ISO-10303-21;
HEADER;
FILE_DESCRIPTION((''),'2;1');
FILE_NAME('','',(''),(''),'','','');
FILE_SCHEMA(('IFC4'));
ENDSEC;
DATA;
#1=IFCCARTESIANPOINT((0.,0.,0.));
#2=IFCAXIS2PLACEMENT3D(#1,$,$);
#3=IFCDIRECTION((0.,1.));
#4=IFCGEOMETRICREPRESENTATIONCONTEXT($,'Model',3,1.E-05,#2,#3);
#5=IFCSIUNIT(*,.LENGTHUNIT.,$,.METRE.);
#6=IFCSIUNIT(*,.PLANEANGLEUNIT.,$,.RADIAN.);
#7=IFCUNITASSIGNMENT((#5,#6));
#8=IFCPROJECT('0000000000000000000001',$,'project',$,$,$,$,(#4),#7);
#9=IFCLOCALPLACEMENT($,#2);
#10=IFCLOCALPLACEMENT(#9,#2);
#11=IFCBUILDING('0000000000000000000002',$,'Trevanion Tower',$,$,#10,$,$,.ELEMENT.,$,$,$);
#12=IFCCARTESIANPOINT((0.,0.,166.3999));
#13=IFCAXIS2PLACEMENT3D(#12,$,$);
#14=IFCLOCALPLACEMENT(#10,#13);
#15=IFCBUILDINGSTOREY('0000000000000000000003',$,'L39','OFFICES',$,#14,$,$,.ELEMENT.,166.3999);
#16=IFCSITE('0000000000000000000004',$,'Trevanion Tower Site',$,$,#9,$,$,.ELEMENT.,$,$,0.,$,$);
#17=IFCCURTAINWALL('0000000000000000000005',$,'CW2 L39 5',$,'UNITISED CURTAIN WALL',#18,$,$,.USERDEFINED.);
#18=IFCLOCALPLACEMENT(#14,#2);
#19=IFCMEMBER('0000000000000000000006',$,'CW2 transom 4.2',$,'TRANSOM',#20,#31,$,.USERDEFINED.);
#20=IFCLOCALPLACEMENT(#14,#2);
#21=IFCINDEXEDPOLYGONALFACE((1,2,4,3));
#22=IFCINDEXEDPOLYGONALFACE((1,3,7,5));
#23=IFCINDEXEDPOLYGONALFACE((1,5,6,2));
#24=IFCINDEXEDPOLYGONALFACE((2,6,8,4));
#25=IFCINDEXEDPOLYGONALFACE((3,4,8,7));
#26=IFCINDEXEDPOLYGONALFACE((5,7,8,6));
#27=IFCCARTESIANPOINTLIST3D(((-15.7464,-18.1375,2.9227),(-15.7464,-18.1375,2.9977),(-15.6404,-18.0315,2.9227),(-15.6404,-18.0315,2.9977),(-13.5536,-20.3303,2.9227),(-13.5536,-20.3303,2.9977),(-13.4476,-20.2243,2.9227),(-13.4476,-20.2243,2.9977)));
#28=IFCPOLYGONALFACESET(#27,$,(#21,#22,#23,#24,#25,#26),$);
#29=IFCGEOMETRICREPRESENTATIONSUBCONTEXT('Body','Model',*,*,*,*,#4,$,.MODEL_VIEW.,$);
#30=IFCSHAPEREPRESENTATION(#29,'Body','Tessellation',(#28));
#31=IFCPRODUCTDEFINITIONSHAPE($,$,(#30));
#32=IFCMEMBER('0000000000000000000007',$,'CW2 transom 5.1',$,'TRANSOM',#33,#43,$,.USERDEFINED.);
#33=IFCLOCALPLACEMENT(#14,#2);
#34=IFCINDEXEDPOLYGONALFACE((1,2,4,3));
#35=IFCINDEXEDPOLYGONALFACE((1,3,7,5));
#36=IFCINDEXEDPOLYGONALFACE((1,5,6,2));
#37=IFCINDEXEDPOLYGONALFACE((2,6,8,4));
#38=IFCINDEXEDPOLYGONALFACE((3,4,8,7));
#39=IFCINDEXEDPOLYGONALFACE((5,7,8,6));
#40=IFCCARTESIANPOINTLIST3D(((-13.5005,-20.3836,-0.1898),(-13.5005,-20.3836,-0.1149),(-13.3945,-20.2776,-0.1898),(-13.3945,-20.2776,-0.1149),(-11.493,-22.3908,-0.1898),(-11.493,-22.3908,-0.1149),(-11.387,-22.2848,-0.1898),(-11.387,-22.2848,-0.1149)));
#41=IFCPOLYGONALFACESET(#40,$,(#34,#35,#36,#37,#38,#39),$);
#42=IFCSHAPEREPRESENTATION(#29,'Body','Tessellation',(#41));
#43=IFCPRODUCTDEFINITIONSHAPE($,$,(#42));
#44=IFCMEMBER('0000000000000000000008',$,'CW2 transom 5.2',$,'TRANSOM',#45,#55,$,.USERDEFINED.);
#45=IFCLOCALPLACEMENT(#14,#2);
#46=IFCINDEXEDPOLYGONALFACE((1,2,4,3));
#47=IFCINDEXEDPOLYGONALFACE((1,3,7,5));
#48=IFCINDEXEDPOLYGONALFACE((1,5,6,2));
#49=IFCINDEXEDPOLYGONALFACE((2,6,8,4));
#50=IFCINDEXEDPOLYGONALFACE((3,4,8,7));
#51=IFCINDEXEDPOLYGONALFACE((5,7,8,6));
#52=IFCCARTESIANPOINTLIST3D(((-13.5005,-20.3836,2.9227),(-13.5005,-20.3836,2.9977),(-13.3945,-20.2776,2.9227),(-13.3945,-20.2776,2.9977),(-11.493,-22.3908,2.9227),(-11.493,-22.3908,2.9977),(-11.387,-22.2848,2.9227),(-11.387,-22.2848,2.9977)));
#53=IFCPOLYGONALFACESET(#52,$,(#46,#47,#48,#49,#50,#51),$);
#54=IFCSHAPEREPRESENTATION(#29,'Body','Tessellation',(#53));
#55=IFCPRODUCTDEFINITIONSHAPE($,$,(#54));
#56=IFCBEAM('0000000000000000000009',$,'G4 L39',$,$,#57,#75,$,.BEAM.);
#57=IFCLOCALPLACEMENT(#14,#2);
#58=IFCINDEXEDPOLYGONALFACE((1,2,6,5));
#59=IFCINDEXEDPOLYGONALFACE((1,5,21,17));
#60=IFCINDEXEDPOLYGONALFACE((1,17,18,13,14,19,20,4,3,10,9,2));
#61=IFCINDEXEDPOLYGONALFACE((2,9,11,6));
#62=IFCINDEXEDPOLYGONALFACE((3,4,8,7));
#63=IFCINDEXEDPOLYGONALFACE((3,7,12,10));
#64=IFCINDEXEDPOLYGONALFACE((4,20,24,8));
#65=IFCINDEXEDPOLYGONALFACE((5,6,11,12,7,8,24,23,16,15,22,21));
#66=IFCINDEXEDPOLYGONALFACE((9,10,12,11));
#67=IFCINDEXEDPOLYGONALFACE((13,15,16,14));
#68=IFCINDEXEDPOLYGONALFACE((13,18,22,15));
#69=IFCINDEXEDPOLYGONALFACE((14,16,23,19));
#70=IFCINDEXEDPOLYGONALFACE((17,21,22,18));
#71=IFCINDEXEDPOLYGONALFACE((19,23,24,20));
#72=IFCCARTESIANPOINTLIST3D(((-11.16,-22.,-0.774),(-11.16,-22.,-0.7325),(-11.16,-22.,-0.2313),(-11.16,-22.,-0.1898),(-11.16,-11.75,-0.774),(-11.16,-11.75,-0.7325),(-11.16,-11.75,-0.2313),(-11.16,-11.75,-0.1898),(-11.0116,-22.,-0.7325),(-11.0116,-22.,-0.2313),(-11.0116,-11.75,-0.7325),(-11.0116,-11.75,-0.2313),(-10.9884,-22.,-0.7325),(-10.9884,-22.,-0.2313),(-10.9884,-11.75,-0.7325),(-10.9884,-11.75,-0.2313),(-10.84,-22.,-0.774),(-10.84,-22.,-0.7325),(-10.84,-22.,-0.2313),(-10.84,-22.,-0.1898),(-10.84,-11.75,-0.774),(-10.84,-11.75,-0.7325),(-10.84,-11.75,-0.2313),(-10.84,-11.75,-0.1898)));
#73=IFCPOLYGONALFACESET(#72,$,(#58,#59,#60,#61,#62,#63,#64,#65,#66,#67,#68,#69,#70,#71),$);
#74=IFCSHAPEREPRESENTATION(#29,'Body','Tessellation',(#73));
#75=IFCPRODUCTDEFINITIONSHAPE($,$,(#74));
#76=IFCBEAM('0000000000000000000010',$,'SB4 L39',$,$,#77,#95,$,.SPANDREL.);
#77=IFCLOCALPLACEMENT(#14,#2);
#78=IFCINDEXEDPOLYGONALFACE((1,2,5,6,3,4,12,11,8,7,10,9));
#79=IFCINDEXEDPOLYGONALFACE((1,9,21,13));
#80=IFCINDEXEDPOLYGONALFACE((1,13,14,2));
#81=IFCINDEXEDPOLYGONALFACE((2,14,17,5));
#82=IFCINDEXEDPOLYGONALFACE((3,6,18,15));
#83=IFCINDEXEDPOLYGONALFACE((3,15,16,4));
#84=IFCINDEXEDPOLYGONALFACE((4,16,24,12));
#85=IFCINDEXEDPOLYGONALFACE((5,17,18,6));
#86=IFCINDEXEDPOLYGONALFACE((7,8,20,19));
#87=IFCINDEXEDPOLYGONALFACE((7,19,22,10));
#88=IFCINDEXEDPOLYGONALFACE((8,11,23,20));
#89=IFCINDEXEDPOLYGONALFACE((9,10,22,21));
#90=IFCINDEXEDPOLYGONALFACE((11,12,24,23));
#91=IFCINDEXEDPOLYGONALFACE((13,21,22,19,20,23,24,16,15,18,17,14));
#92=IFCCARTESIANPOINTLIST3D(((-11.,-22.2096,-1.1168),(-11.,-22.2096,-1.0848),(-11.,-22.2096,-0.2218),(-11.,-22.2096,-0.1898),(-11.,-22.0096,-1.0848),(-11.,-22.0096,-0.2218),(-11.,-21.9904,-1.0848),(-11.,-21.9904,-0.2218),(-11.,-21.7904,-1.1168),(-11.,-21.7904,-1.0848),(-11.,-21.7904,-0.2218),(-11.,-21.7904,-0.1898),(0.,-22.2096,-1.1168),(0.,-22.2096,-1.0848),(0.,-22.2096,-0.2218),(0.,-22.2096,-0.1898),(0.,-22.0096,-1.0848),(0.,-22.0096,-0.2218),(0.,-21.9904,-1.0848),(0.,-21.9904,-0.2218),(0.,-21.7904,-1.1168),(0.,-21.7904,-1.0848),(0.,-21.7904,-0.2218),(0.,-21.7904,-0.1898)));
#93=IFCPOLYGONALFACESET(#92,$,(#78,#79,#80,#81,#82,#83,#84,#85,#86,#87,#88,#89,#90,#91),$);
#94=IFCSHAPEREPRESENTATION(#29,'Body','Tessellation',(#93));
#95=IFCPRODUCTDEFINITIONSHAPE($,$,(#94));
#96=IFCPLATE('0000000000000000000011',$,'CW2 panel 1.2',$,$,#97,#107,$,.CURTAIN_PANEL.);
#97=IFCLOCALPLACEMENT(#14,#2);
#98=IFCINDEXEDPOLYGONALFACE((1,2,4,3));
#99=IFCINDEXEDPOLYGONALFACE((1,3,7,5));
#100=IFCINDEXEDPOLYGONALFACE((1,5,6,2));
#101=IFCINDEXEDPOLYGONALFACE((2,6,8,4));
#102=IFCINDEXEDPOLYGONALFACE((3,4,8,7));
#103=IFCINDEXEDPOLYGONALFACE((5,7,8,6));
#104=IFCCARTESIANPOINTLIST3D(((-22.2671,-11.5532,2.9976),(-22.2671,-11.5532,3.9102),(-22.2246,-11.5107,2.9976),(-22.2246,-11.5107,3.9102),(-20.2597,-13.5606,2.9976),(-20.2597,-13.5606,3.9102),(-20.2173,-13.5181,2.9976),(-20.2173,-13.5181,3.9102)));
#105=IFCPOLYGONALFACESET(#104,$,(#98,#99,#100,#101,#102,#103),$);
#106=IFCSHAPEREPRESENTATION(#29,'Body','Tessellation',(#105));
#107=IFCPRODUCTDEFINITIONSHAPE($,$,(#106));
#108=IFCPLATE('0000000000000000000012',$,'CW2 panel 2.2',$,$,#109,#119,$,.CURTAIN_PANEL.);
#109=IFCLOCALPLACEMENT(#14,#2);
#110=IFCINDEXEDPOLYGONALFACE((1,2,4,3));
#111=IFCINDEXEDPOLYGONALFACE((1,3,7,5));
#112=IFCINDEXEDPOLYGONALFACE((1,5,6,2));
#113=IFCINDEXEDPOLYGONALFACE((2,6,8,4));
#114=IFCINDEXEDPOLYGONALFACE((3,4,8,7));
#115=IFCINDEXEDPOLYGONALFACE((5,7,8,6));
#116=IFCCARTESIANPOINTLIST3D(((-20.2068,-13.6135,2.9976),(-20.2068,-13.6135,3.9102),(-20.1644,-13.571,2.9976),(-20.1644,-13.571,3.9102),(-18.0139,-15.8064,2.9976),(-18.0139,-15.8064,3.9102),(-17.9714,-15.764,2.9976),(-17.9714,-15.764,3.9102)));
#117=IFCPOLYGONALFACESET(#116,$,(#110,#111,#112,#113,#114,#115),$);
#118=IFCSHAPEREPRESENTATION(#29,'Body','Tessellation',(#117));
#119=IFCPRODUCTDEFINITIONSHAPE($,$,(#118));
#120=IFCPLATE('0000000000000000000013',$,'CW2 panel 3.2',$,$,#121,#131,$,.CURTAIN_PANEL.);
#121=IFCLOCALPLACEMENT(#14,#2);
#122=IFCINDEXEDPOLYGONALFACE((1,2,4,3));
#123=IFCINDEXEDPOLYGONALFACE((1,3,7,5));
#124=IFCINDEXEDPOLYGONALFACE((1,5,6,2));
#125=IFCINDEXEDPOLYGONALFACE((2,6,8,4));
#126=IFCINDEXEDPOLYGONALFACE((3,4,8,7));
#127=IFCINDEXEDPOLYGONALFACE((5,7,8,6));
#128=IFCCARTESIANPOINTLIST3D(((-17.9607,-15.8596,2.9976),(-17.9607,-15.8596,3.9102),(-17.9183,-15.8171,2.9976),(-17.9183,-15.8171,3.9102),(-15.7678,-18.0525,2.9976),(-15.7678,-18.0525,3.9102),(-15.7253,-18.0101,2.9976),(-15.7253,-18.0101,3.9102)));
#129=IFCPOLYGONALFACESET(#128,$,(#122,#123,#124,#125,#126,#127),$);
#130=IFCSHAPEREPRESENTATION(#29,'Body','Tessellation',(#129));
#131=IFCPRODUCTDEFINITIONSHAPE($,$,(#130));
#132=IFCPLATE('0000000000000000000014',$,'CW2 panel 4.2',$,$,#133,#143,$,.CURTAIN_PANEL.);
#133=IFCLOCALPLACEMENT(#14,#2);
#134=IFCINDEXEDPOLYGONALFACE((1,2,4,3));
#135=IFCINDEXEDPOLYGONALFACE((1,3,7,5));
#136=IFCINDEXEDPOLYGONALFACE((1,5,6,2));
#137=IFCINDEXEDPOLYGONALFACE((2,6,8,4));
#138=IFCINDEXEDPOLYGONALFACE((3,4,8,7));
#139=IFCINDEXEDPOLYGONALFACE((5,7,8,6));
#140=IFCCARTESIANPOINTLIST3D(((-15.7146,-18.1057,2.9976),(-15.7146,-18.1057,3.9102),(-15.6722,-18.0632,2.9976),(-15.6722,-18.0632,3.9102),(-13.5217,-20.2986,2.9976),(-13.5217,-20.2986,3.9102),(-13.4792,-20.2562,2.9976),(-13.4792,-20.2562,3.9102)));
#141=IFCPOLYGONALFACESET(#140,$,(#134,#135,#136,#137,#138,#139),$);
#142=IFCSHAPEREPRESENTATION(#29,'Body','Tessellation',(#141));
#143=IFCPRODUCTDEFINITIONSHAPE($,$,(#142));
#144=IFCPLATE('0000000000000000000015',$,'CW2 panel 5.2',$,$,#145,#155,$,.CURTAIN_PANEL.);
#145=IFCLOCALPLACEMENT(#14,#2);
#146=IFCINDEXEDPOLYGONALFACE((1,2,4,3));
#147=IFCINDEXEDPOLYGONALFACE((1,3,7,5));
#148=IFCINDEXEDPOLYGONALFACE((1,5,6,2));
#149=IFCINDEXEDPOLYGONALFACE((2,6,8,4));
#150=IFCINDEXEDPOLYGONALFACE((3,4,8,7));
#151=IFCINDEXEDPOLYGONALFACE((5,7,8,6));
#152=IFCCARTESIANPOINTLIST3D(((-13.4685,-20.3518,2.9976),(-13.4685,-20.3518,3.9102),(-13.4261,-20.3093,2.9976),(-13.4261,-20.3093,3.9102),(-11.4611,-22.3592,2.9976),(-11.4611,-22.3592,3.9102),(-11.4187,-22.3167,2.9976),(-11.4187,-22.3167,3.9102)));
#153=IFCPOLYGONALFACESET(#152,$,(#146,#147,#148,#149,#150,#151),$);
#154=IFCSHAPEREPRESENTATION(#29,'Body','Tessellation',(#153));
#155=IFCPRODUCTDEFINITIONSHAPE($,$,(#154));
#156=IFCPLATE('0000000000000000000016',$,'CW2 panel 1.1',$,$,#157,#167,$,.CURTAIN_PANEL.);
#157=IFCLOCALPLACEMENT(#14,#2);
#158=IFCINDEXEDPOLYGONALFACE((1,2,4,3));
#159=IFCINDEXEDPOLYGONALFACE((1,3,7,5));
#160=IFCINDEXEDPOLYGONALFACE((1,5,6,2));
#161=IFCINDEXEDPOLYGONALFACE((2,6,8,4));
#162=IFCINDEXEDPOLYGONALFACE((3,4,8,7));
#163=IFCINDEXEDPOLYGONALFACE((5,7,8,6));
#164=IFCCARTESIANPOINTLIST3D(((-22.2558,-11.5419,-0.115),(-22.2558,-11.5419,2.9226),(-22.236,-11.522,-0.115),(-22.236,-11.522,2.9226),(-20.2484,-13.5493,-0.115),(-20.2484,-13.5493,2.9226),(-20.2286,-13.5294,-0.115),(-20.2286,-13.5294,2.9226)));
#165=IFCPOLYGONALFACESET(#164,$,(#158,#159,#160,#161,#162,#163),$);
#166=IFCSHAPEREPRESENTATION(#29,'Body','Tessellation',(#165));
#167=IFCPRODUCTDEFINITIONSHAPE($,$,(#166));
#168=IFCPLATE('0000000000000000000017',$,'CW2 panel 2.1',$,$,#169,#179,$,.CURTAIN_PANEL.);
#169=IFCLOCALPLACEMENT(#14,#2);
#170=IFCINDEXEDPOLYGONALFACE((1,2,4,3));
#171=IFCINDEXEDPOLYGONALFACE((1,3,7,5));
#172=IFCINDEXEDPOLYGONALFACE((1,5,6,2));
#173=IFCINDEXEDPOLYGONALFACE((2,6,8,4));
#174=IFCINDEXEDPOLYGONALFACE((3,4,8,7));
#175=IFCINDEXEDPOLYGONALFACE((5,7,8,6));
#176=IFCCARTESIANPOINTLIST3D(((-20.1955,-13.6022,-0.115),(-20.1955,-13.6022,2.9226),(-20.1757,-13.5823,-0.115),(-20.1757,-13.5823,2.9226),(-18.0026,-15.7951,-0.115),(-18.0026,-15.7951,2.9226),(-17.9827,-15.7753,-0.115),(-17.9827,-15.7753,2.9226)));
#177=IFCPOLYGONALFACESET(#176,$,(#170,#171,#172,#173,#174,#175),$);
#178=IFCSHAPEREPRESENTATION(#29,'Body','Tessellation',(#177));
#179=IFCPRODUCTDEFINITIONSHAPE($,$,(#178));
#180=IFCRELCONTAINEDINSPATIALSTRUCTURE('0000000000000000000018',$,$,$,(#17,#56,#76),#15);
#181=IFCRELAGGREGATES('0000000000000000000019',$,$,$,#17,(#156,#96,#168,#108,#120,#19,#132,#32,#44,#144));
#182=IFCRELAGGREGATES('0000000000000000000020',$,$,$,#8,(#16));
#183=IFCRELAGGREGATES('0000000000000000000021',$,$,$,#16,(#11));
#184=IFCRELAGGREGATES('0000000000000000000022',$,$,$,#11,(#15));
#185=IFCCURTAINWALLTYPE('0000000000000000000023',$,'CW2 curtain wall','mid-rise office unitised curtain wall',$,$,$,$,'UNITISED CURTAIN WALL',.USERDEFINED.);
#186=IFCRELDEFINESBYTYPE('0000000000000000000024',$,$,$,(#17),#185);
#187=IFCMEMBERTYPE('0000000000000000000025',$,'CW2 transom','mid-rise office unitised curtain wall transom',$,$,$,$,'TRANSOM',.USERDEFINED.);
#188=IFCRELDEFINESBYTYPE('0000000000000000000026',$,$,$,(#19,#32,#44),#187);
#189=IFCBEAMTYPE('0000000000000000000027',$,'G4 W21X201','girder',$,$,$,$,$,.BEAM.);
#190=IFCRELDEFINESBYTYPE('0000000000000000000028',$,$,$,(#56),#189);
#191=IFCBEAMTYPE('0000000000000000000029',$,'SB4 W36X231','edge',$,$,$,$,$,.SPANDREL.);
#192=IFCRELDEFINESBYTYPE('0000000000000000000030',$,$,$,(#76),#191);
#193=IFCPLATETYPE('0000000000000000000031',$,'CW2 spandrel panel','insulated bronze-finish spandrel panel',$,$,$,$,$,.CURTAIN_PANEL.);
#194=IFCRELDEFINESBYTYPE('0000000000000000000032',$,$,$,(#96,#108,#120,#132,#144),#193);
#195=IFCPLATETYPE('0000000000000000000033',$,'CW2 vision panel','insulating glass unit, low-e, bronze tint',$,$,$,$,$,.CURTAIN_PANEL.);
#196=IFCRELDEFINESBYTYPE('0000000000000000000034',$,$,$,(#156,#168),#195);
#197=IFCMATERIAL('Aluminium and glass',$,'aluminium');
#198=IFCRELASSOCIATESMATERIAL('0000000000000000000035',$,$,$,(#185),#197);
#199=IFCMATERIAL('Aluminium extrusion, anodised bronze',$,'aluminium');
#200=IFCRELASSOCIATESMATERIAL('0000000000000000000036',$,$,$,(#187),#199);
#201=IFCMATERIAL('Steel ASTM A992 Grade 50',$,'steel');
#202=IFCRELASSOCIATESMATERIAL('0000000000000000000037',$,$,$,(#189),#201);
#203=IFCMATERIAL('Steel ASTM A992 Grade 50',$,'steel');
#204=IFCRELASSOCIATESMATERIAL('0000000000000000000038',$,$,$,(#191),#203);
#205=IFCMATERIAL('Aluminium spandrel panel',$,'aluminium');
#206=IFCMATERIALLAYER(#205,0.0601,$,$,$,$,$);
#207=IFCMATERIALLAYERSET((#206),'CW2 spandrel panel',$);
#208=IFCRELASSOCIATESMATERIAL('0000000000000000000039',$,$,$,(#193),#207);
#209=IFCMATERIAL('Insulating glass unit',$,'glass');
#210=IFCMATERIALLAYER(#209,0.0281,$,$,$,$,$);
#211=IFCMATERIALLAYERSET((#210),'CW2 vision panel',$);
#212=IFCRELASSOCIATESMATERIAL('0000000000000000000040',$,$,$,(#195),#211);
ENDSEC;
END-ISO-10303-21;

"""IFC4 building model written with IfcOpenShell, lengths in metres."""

from ifc_helpers import new_model, si_unit, direction, frame, origin, origin_2d, place, context, subcontext, project, spatial, rectangle, i_section, extrude, material, layer, layer_set, material_profile, profile_set, type_object, element, aggregate, save


model = new_model("IFC4")

# Units and contexts
model_context = context("Model", 3, precision=1e-05, world=origin(), true_north=direction((0.0, 1.0)))
body_context = subcontext(model_context, "Body", "Model", "MODEL_VIEW")
ifc_project = project(units=[si_unit("LENGTHUNIT", "METRE"), si_unit("PLANEANGLEUNIT", "RADIAN")], contexts=[model_context])

# Site, building, storey
site_placement = place(None, origin())
site = spatial("IfcSite", under=ifc_project, at=site_placement, Name="Trevanion Tower Site", CompositionType="ELEMENT", RefElevation=0.0)
building_placement = place(site_placement, origin())
building = spatial("IfcBuilding", under=site, at=building_placement, Name="Trevanion Tower", CompositionType="ELEMENT")
storey_placement = place(building_placement, frame((0.0, 0.0, 166.3999)))
storey = spatial("IfcBuildingStorey", under=building, at=storey_placement, Name="L39", Description="OFFICES", CompositionType="ELEMENT", Elevation=166.3999)

# Curtain wall, members
ifc_material_1 = material(Name="Aluminium and glass", Category="aluminium")
curtain_wall_type = type_object("IfcCurtainWallType", Name="CW2 curtain wall", Description="mid-rise office unitised curtain wall", ElementType="UNITISED CURTAIN WALL", PredefinedType="USERDEFINED", material=ifc_material_1)
curtain_wall_placement = place(storey_placement, origin())
curtain_wall = element("IfcCurtainWall", 1, at=curtain_wall_placement, inside=storey, type_object=curtain_wall_type, Name="CW2 L39 5", ObjectType="UNITISED CURTAIN WALL", PredefinedType="USERDEFINED")
ifc_material_2 = material(Name="Aluminium extrusion, anodised bronze", Category="aluminium")
ifc_material_profile_1 = material_profile(ifc_material_2, rectangle(XDim=0.1499, YDim=0.075, at=origin_2d()), Name="CW2 transom")
ifc_profile_set_1 = profile_set([ifc_material_profile_1], Name="Aluminium extrusion, anodised bronze")
member_type_1 = type_object("IfcMemberType", Name="CW2 transom", Description="mid-rise office unitised curtain wall transom", ElementType="TRANSOM", PredefinedType="USERDEFINED", material=ifc_profile_set_1)
member_1_placement = place(storey_placement, frame((-15.6934, -18.0845, 2.9602), z_axis=(0.707107, -0.707107, 0.0), x_axis=(0.707107, 0.707107, 0.0)))
member_1 = element("IfcMember", 2, at=member_1_placement, type_object=member_type_1, Name="CW2 transom 4.2", ObjectType="TRANSOM", PredefinedType="USERDEFINED", context=body_context, shape_type="SweptSolid", body=[
    extrude(rectangle(XDim=0.1499, YDim=0.075, at=origin_2d()), origin(), (0.0, 0.0, 1.0), 3.1011),
])
member_2_placement = place(storey_placement, frame((-13.4475, -20.3306, -0.1523), z_axis=(0.70715, -0.707064, 0.0), x_axis=(0.707064, 0.70715, 0.0)))
member_2 = element("IfcMember", 3, at=member_2_placement, type_object=member_type_1, Name="CW2 transom 5.1", ObjectType="TRANSOM", PredefinedType="USERDEFINED", context=body_context, shape_type="SweptSolid", body=[
    extrude(rectangle(XDim=0.1499, YDim=0.075, at=origin_2d()), origin(), (0.0, 0.0, 1.0), 2.8389),
])
member_3_placement = place(storey_placement, frame((-13.4475, -20.3306, 2.9602), z_axis=(0.70715, -0.707064, 0.0), x_axis=(0.707064, 0.70715, 0.0)))
member_3 = element("IfcMember", 4, at=member_3_placement, type_object=member_type_1, Name="CW2 transom 5.2", ObjectType="TRANSOM", PredefinedType="USERDEFINED", context=body_context, shape_type="SweptSolid", body=[
    extrude(rectangle(XDim=0.1499, YDim=0.075, at=origin_2d()), origin(), (0.0, 0.0, 1.0), 2.8389),
])

# Beams
ifc_material_3 = material(Name="Steel ASTM A992 Grade 50", Category="steel")
ifc_material_profile_2 = material_profile(ifc_material_3, i_section(OverallWidth=0.3201, OverallDepth=0.5842, WebThickness=0.0232, FlangeThickness=0.0415, at=origin_2d()), Name="W21X201")
ifc_profile_set_2 = profile_set([ifc_material_profile_2], Name="Steel ASTM A992 Grade 50")
beam_type_1 = type_object("IfcBeamType", Name="G4 W21X201", Description="girder", PredefinedType="BEAM", material=ifc_profile_set_2)
beam_1_placement = place(storey_placement, frame((-11.0, -11.75, -0.4819), z_axis=(0.0, -1.0, 0.0), x_axis=(1.0, 0.0, 0.0)))
element("IfcBeam", 5, at=beam_1_placement, inside=storey, type_object=beam_type_1, Name="G4 L39", PredefinedType="BEAM", context=body_context, shape_type="SweptSolid", body=[
    extrude(i_section(OverallWidth=0.3201, OverallDepth=0.5842, WebThickness=0.0232, FlangeThickness=0.0415, at=origin_2d()), origin(), (0.0, 0.0, 1.0), 10.25),
])
ifc_material_4 = material(Name="Steel ASTM A992 Grade 50", Category="steel")
ifc_material_profile_3 = material_profile(ifc_material_4, i_section(OverallWidth=0.4192, OverallDepth=0.927, WebThickness=0.0193, FlangeThickness=0.032, at=origin_2d()), Name="W36X231")
ifc_profile_set_3 = profile_set([ifc_material_profile_3], Name="Steel ASTM A992 Grade 50")
beam_type_2 = type_object("IfcBeamType", Name="SB4 W36X231", Description="edge", PredefinedType="SPANDREL", material=ifc_profile_set_3)
beam_2_placement = place(storey_placement, frame((-11.0, -22.0, -0.6533), z_axis=(1.0, 0.0, 0.0), x_axis=(0.0, 1.0, 0.0)))
element("IfcBeam", 6, at=beam_2_placement, inside=storey, type_object=beam_type_2, Name="SB4 L39", PredefinedType="SPANDREL", context=body_context, shape_type="SweptSolid", body=[
    extrude(i_section(OverallWidth=0.4192, OverallDepth=0.927, WebThickness=0.0193, FlangeThickness=0.032, at=origin_2d()), origin(), (0.0, 0.0, 1.0), 11.0),
])

# Plates
ifc_material_5 = material(Name="Aluminium spandrel panel", Category="aluminium")
ifc_layer_1 = layer(ifc_material_5, 0.0601)
ifc_layer_set_1 = layer_set([ifc_layer_1], Name="CW2 spandrel panel")
plate_type_1 = type_object("IfcPlateType", Name="CW2 spandrel panel", Description="insulated bronze-finish spandrel panel", PredefinedType="CURTAIN_PANEL", material=ifc_layer_set_1)
plate_1_placement = place(storey_placement, frame((-21.2422, -12.5356, 2.9976), z_axis=(0.0, 0.0, 1.0), x_axis=(0.707107, -0.707107, 0.0)))
plate_1 = element("IfcPlate", 7, at=plate_1_placement, type_object=plate_type_1, Name="CW2 panel 1.2", PredefinedType="CURTAIN_PANEL", context=body_context, shape_type="SweptSolid", body=[
    extrude(rectangle(XDim=2.8389, YDim=0.0601, at=origin_2d()), origin(), (0.0, 0.0, 1.0), 0.9126),
])
plate_2_placement = place(storey_placement, frame((-19.0891, -14.6887, 2.9976), z_axis=(0.0, 0.0, 1.0), x_axis=(0.707107, -0.707107, 0.0)))
plate_2 = element("IfcPlate", 8, at=plate_2_placement, type_object=plate_type_1, Name="CW2 panel 2.2", PredefinedType="CURTAIN_PANEL", context=body_context, shape_type="SweptSolid", body=[
    extrude(rectangle(XDim=3.1013, YDim=0.0601, at=origin_2d()), origin(), (0.0, 0.0, 1.0), 0.9126),
])
plate_3_placement = place(storey_placement, frame((-16.843, -16.9348, 2.9976), z_axis=(0.0, 0.0, 1.0), x_axis=(0.707107, -0.707107, 0.0)))
plate_3 = element("IfcPlate", 9, at=plate_3_placement, type_object=plate_type_1, Name="CW2 panel 3.2", PredefinedType="CURTAIN_PANEL", context=body_context, shape_type="SweptSolid", body=[
    extrude(rectangle(XDim=3.1013, YDim=0.0601, at=origin_2d()), origin(), (0.0, 0.0, 1.0), 0.9126),
])
plate_4_placement = place(storey_placement, frame((-14.5969, -19.1809, 2.9976), z_axis=(0.0, 0.0, 1.0), x_axis=(0.707107, -0.707107, 0.0)))
plate_4 = element("IfcPlate", 10, at=plate_4_placement, type_object=plate_type_1, Name="CW2 panel 4.2", PredefinedType="CURTAIN_PANEL", context=body_context, shape_type="SweptSolid", body=[
    extrude(rectangle(XDim=3.1013, YDim=0.0601, at=origin_2d()), origin(), (0.0, 0.0, 1.0), 0.9126),
])
plate_5_placement = place(storey_placement, frame((-12.4436, -21.3342, 2.9976), z_axis=(0.0, 0.0, 1.0), x_axis=(0.707107, -0.707107, 0.0)))
plate_5 = element("IfcPlate", 11, at=plate_5_placement, type_object=plate_type_1, Name="CW2 panel 5.2", PredefinedType="CURTAIN_PANEL", context=body_context, shape_type="SweptSolid", body=[
    extrude(rectangle(XDim=2.8389, YDim=0.0601, at=origin_2d()), origin(), (0.0, 0.0, 1.0), 0.9126),
])
ifc_material_6 = material(Name="Insulating glass unit", Category="glass")
ifc_layer_2 = layer(ifc_material_6, 0.0281)
ifc_layer_set_2 = layer_set([ifc_layer_2], Name="CW2 vision panel")
plate_type_2 = type_object("IfcPlateType", Name="CW2 vision panel", Description="insulating glass unit, low-e, bronze tint", PredefinedType="CURTAIN_PANEL", material=ifc_layer_set_2)
plate_6_placement = place(storey_placement, frame((-21.2422, -12.5356, -0.115), z_axis=(0.0, 0.0, 1.0), x_axis=(0.707107, -0.707107, 0.0)))
plate_6 = element("IfcPlate", 12, at=plate_6_placement, type_object=plate_type_2, Name="CW2 panel 1.1", PredefinedType="CURTAIN_PANEL", context=body_context, shape_type="SweptSolid", body=[
    extrude(rectangle(XDim=2.8389, YDim=0.0281, at=origin_2d()), origin(), (0.0, 0.0, 1.0), 3.0376),
])
plate_7_placement = place(storey_placement, frame((-19.0891, -14.6887, -0.115), z_axis=(0.0, 0.0, 1.0), x_axis=(0.707107, -0.707107, 0.0)))
plate_7 = element("IfcPlate", 13, at=plate_7_placement, type_object=plate_type_2, Name="CW2 panel 2.1", PredefinedType="CURTAIN_PANEL", context=body_context, shape_type="SweptSolid", body=[
    extrude(rectangle(XDim=3.1013, YDim=0.0281, at=origin_2d()), origin(), (0.0, 0.0, 1.0), 3.0376),
])
aggregate(curtain_wall, [plate_6, plate_1, plate_7, plate_2, plate_3, member_1, plate_4, member_2, member_3, plate_5])

save(model, "model.ifc")
